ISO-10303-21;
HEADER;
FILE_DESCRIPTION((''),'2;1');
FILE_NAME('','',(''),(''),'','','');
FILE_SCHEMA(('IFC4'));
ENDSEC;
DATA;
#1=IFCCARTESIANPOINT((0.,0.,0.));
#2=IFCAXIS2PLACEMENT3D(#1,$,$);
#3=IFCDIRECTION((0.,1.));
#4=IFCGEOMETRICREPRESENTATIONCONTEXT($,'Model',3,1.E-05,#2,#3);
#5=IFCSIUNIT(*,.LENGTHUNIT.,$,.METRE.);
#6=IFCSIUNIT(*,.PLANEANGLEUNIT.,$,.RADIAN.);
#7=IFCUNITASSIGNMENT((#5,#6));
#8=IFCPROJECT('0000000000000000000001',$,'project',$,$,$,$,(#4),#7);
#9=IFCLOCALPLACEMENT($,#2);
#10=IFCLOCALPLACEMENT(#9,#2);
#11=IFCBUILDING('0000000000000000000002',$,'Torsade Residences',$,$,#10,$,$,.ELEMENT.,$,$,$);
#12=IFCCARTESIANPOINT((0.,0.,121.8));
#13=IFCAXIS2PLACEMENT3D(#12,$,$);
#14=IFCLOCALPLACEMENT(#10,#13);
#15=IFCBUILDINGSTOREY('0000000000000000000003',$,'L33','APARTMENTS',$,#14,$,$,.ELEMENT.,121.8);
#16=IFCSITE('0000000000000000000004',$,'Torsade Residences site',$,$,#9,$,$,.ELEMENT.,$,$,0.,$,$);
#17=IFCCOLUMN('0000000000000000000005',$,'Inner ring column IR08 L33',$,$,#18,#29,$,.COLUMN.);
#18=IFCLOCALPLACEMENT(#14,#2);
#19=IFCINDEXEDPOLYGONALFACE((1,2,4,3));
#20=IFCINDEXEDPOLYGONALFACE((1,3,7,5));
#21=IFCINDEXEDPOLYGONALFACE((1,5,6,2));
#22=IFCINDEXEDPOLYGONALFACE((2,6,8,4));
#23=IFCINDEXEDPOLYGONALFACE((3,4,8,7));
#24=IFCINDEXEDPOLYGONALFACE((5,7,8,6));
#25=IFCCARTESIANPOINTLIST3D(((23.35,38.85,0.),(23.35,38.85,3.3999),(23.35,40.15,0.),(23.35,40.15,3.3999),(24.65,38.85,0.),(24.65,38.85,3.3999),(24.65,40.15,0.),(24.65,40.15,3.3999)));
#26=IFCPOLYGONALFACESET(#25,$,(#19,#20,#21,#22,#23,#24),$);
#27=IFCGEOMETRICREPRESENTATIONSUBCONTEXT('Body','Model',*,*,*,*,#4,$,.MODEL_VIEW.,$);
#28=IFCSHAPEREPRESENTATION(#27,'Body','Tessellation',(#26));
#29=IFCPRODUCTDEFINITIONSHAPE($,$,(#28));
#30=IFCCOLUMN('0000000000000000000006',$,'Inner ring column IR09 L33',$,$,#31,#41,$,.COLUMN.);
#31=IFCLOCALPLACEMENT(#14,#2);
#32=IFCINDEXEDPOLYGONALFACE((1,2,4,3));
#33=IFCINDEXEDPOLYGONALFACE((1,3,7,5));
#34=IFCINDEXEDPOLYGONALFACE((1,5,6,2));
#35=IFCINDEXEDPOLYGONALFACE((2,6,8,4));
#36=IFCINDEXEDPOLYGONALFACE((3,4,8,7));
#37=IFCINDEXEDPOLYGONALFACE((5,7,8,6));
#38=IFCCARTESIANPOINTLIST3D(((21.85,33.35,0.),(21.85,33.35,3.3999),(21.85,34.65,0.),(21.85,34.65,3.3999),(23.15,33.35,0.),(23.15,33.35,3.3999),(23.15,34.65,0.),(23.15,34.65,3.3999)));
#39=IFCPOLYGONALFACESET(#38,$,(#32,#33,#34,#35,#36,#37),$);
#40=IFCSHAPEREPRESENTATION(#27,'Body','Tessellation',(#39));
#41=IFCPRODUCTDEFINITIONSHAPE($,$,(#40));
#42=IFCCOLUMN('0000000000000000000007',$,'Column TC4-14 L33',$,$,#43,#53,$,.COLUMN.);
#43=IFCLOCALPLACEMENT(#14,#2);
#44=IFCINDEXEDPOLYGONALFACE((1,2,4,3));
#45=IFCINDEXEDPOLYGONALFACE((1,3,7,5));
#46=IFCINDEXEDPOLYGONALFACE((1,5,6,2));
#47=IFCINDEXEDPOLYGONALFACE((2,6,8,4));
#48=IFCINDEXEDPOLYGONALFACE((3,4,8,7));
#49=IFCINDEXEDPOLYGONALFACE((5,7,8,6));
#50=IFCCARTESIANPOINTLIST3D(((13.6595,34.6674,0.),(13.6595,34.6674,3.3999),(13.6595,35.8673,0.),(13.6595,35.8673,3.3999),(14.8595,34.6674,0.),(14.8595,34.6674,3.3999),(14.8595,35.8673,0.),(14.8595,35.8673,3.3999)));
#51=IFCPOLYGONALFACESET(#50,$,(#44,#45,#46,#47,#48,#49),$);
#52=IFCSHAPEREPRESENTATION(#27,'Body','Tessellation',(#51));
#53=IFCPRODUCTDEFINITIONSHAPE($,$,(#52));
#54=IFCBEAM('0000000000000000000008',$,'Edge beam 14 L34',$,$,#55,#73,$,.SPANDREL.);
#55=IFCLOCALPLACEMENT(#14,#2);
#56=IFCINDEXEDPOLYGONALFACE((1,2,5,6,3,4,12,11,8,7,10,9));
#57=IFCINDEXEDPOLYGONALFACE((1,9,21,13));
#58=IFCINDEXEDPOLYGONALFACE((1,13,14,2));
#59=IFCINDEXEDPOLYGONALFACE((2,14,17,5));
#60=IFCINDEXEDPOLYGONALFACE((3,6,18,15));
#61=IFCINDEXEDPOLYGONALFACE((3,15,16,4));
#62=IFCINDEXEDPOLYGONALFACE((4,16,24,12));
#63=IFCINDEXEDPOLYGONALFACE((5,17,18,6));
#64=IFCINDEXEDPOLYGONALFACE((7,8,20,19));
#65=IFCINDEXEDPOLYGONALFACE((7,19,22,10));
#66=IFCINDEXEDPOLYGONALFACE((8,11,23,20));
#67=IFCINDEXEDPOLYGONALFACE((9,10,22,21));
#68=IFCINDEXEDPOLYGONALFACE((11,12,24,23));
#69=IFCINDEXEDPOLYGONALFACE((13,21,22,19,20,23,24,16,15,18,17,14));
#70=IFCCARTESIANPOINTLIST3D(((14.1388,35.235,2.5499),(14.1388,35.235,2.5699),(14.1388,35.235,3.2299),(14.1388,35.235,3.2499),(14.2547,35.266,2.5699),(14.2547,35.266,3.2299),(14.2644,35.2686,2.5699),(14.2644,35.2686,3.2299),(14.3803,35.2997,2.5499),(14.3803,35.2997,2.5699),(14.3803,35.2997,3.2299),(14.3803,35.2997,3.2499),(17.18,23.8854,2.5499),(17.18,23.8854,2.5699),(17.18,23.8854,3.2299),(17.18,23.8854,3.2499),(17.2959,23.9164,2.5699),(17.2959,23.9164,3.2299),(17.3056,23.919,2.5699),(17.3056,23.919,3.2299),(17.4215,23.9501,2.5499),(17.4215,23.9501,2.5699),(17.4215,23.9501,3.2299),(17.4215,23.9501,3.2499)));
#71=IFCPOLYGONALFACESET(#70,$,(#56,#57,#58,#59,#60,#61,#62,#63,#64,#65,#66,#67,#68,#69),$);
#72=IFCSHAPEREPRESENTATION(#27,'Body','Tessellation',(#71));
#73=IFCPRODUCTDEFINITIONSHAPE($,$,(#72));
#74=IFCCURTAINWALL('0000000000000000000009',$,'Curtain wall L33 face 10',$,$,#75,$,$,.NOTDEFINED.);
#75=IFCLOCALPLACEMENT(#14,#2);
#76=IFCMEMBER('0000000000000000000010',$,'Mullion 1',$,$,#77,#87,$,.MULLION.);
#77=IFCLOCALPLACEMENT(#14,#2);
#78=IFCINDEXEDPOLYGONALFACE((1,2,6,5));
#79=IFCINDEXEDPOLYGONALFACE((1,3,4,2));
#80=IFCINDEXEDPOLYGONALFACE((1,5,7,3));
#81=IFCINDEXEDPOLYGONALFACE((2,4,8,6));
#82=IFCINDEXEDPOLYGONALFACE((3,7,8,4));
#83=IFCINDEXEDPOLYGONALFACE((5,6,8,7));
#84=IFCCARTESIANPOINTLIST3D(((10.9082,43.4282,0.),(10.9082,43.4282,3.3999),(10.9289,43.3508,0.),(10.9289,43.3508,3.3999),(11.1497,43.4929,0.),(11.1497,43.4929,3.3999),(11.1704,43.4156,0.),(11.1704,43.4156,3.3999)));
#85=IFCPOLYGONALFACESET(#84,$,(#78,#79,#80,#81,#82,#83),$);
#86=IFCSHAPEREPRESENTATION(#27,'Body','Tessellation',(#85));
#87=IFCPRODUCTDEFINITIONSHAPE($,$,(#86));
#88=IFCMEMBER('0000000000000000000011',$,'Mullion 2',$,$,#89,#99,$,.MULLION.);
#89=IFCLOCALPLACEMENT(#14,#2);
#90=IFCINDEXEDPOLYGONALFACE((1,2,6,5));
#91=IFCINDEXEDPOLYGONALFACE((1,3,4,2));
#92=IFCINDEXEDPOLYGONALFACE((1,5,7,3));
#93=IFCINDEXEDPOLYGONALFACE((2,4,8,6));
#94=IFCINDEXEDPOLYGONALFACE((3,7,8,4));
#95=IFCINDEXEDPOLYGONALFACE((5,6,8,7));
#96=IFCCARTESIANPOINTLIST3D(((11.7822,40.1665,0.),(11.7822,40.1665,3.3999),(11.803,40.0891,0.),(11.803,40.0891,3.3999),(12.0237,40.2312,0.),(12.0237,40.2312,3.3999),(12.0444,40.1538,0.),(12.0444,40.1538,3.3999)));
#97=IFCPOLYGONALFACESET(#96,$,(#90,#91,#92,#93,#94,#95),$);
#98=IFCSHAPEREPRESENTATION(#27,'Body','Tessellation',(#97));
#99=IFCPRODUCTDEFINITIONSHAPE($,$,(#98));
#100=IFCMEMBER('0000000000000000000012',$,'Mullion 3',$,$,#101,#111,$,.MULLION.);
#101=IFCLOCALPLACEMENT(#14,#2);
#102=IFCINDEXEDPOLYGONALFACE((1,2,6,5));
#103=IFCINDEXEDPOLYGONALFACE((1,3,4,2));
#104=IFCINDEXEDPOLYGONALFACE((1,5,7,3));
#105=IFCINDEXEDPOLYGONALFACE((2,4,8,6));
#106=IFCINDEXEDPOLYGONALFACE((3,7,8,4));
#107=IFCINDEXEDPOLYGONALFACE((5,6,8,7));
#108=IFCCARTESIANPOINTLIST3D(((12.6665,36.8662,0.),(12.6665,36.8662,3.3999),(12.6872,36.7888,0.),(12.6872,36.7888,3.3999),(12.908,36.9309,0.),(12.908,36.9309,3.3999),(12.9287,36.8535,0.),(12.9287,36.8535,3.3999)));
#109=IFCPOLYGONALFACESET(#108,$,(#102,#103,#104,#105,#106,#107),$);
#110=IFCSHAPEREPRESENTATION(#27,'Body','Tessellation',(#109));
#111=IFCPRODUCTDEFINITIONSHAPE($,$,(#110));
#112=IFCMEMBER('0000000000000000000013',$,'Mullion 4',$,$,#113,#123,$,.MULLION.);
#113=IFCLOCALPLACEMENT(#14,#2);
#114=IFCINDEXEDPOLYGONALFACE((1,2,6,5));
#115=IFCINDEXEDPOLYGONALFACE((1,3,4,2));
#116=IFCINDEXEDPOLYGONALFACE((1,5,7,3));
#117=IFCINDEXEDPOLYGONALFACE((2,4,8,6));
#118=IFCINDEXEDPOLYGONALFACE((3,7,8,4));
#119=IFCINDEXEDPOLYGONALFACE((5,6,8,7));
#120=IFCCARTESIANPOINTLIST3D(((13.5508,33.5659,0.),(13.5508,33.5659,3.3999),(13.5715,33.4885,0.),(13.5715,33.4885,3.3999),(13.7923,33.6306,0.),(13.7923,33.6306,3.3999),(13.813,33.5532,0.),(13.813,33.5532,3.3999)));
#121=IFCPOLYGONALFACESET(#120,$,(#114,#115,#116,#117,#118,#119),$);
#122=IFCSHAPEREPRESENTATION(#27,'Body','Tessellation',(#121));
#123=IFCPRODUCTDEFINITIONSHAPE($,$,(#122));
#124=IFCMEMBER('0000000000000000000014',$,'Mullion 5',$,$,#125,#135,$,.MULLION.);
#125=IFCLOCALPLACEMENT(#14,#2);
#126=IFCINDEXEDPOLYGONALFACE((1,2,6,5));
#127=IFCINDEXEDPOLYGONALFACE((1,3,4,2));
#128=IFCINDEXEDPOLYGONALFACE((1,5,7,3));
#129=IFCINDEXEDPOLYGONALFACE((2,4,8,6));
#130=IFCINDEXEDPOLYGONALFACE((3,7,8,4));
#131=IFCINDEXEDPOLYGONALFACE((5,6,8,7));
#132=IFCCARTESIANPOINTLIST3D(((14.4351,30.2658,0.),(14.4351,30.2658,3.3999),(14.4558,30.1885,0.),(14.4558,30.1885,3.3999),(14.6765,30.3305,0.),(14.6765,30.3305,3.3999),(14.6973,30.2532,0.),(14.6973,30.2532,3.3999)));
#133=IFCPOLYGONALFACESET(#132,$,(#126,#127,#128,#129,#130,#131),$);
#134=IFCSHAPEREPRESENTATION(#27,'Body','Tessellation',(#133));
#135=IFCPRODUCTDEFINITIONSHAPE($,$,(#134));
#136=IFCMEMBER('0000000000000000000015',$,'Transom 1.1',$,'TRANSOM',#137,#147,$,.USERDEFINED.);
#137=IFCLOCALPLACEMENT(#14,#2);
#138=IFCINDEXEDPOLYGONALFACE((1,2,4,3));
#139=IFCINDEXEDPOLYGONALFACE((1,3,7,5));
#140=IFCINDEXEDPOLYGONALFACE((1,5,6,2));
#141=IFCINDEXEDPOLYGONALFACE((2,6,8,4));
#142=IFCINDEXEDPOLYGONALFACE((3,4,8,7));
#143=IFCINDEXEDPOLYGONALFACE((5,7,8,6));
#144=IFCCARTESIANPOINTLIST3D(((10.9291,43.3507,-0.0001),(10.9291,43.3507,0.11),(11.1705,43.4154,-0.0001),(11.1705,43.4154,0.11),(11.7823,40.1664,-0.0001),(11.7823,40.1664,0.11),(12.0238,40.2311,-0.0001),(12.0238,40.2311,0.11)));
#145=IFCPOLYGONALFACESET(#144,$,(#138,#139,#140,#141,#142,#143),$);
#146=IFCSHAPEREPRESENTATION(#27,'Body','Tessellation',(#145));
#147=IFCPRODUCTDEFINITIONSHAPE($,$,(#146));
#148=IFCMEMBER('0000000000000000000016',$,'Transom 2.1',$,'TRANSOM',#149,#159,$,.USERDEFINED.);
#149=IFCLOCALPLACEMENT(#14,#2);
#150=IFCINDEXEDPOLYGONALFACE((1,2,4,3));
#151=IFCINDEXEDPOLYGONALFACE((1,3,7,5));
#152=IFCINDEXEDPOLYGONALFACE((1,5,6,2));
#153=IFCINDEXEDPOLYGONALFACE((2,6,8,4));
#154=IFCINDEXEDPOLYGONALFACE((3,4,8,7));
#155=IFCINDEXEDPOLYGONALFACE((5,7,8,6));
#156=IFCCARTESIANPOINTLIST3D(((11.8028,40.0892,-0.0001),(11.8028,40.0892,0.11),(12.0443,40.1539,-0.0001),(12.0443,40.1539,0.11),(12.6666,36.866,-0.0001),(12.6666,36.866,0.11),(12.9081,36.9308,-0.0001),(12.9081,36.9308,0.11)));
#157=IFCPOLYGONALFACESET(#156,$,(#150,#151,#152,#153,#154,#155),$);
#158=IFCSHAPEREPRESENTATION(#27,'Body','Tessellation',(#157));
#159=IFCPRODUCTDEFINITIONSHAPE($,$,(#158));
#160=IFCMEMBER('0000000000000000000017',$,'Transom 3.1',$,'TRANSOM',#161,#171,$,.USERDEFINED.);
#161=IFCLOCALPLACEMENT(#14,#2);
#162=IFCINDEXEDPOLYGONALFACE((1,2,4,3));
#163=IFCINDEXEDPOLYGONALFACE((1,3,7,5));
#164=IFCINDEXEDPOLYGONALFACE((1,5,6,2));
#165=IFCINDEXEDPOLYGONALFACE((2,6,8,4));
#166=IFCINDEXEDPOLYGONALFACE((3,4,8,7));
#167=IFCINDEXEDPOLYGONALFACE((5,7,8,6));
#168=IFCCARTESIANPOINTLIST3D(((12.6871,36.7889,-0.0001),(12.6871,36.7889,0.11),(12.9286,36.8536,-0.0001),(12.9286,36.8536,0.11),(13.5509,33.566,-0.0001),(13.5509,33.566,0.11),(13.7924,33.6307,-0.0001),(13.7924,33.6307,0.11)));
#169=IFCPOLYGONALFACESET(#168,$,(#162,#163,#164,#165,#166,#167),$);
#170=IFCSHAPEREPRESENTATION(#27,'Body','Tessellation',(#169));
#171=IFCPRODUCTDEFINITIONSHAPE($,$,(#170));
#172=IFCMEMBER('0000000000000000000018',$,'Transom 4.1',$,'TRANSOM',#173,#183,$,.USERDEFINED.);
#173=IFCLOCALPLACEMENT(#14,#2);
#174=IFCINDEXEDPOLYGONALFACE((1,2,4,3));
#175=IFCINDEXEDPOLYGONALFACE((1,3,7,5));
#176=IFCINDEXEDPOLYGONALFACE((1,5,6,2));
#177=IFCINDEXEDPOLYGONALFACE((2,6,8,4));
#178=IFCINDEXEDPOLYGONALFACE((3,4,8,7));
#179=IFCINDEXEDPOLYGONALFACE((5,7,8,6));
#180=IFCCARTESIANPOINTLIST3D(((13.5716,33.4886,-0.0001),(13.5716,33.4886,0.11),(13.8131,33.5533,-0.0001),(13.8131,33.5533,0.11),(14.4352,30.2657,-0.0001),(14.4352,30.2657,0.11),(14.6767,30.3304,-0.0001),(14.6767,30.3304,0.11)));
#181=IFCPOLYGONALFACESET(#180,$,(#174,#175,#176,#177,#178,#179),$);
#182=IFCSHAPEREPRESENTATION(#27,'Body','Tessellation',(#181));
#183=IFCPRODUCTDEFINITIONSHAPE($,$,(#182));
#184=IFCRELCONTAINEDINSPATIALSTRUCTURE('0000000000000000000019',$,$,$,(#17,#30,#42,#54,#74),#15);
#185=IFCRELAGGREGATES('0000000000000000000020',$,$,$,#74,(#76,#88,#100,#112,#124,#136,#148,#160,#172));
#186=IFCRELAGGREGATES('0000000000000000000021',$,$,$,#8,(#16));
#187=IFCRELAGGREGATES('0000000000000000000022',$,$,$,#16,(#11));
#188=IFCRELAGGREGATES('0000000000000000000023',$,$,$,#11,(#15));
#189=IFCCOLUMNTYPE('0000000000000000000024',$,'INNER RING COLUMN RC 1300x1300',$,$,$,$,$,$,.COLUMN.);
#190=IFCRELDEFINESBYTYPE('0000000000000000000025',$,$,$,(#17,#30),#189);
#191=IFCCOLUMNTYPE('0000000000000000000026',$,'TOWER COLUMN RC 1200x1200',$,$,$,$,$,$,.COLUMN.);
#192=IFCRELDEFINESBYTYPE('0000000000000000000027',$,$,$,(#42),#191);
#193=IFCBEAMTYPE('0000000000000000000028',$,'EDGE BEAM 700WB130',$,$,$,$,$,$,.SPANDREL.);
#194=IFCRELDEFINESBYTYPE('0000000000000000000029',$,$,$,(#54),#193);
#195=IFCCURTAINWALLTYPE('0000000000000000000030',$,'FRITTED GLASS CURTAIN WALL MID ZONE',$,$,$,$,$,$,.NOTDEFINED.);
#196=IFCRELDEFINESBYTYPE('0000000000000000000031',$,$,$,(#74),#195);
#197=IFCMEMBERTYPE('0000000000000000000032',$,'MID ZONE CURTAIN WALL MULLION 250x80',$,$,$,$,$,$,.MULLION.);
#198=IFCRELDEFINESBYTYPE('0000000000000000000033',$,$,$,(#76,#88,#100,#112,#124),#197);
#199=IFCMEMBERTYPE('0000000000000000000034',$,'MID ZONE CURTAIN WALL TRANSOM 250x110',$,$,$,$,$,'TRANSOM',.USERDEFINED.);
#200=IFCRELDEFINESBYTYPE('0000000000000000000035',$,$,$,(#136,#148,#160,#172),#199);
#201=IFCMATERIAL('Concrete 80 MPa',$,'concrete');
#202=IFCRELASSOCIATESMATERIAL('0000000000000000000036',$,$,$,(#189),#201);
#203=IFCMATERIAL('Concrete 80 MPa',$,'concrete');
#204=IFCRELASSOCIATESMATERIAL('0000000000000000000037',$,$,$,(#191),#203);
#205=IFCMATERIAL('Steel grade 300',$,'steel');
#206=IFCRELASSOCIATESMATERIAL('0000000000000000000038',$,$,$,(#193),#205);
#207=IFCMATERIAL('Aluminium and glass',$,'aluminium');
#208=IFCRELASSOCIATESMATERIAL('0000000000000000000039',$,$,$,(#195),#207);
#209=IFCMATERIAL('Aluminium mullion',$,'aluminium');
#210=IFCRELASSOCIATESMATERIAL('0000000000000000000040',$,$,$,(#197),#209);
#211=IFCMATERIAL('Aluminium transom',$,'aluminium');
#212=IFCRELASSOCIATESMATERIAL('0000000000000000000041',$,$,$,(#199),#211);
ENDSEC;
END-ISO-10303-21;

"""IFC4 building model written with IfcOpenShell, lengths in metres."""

from ifc_helpers import new_model, si_unit, direction, frame, origin, origin_2d, place, context, subcontext, project, spatial, rectangle, i_section, extrude, material, material_profile, profile_set, type_object, element, aggregate, save


model = new_model("IFC4")

# Units and contexts
model_context = context("Model", 3, precision=1e-05, world=origin(), true_north=direction((0.0, 1.0)))
body_context = subcontext(model_context, "Body", "Model", "MODEL_VIEW")
ifc_project = project(units=[si_unit("LENGTHUNIT", "METRE"), si_unit("PLANEANGLEUNIT", "RADIAN")], contexts=[model_context])

# Site, building, storey
site_placement = place(None, origin())
site = spatial("IfcSite", under=ifc_project, at=site_placement, Name="Torsade Residences site", CompositionType="ELEMENT", RefElevation=0.0)
building_placement = place(site_placement, origin())
building = spatial("IfcBuilding", under=site, at=building_placement, Name="Torsade Residences", CompositionType="ELEMENT")
storey_placement = place(building_placement, frame((0.0, 0.0, 121.8)))
storey = spatial("IfcBuildingStorey", under=building, at=storey_placement, Name="L33", Description="APARTMENTS", CompositionType="ELEMENT", Elevation=121.8)

# Columns
ifc_material_1 = material(Name="Concrete 80 MPa", Category="concrete")
ifc_material_profile_1 = material_profile(ifc_material_1, rectangle(XDim=1.3, YDim=1.3, at=origin_2d()), Name="RC 1300x1300")
ifc_profile_set_1 = profile_set([ifc_material_profile_1], Name="Concrete 80 MPa")
column_type_1 = type_object("IfcColumnType", Name="INNER RING COLUMN RC 1300x1300", PredefinedType="COLUMN", material=ifc_profile_set_1)
for number, where, z_axis, x_axis, name in (
    (1, (24.0, 39.5, 0.0), (0.0, 0.0, 1.0), (1.0, 0.0, 0.0), "Inner ring column IR08 L33"),
    (2, (22.5, 34.0, 0.0), (0.0, 0.0, 1.0), (1.0, 0.0, 0.0), "Inner ring column IR09 L33"),
):
    element("IfcColumn", number, at=place(storey_placement, frame(where, z_axis=z_axis, x_axis=x_axis)), inside=storey, type_object=column_type_1, Name=name, PredefinedType="COLUMN", context=body_context, shape_type="SweptSolid", body=[
        extrude(rectangle(XDim=1.3, YDim=1.3, at=origin_2d()), origin(), (0.0, 0.0, 1.0), 3.3999),
    ])
ifc_material_2 = material(Name="Concrete 80 MPa", Category="concrete")
ifc_material_profile_2 = material_profile(ifc_material_2, rectangle(XDim=1.2, YDim=1.2, at=origin_2d()), Name="RC 1200x1200")
ifc_profile_set_2 = profile_set([ifc_material_profile_2], Name="Concrete 80 MPa")
column_type_2 = type_object("IfcColumnType", Name="TOWER COLUMN RC 1200x1200", PredefinedType="COLUMN", material=ifc_profile_set_2)
column_placement = place(storey_placement, frame((14.2595, 35.2673, 0.0), z_axis=(0.0, 0.0, 1.0), x_axis=(1.0, 0.0, 0.0)))
element("IfcColumn", 3, at=column_placement, inside=storey, type_object=column_type_2, Name="Column TC4-14 L33", PredefinedType="COLUMN", context=body_context, shape_type="SweptSolid", body=[
    extrude(rectangle(XDim=1.2, YDim=1.2, at=origin_2d()), origin(), (0.0, 0.0, 1.0), 3.3999),
])

# Beam
ifc_material_3 = material(Name="Steel grade 300", Category="steel")
ifc_material_profile_3 = material_profile(ifc_material_3, i_section(OverallWidth=0.25, OverallDepth=0.7, WebThickness=0.01, FlangeThickness=0.02, at=origin_2d()), Name="700WB130")
ifc_profile_set_3 = profile_set([ifc_material_profile_3], Name="Steel grade 300")
beam_type_1 = type_object("IfcBeamType", Name="EDGE BEAM 700WB130", PredefinedType="SPANDREL", material=ifc_profile_set_3)
beam_1_placement = place(storey_placement, frame((14.2595, 35.2673, 2.8999), z_axis=(0.25883, -0.965923, 0.0), x_axis=(0.965923, 0.25883, 0.0)))
element("IfcBeam", 4, at=beam_1_placement, inside=storey, type_object=beam_type_1, Name="Edge beam 14 L34", PredefinedType="SPANDREL", context=body_context, shape_type="SweptSolid", body=[
    extrude(i_section(OverallWidth=0.25, OverallDepth=0.7, WebThickness=0.01, FlangeThickness=0.02, at=origin_2d()), origin(), (0.0, 0.0, 1.0), 11.75),
])

# Curtain wall, members
ifc_material_4 = material(Name="Aluminium and glass", Category="aluminium")
curtain_wall_type = type_object("IfcCurtainWallType", Name="FRITTED GLASS CURTAIN WALL MID ZONE", PredefinedType="NOTDEFINED", material=ifc_material_4)
curtain_wall_placement = place(storey_placement, origin())
curtain_wall = element("IfcCurtainWall", 5, at=curtain_wall_placement, inside=storey, type_object=curtain_wall_type, Name="Curtain wall L33 face 10", PredefinedType="NOTDEFINED")
ifc_material_5 = material(Name="Aluminium mullion", Category="aluminium")
ifc_material_profile_4 = material_profile(ifc_material_5, rectangle(XDim=0.25, YDim=0.0801, at=origin_2d()), Name="MID ZONE CURTAIN WALL MULLION 250x80")
ifc_profile_set_4 = profile_set([ifc_material_profile_4], Name="Aluminium mullion")
member_type_1 = type_object("IfcMemberType", Name="MID ZONE CURTAIN WALL MULLION 250x80", PredefinedType="MULLION", material=ifc_profile_set_4)
member_1_placement = place(storey_placement, frame((11.0393, 43.4219, 0.0), z_axis=(0.0, 0.0, 1.0), x_axis=(0.965926, 0.258819, 0.0)))
member_1 = element("IfcMember", 6, at=member_1_placement, type_object=member_type_1, Name="Mullion 1", PredefinedType="MULLION", context=body_context, shape_type="SweptSolid", body=[
    extrude(rectangle(XDim=0.25, YDim=0.0801, at=origin_2d()), origin(), (0.0, 0.0, 1.0), 3.3999),
])
member_2_placement = place(storey_placement, frame((11.9133, 40.1602, 0.0), z_axis=(0.0, 0.0, 1.0), x_axis=(0.965926, 0.258819, 0.0)))
member_2 = element("IfcMember", 7, at=member_2_placement, type_object=member_type_1, Name="Mullion 2", PredefinedType="MULLION", context=body_context, shape_type="SweptSolid", body=[
    extrude(rectangle(XDim=0.25, YDim=0.0801, at=origin_2d()), origin(), (0.0, 0.0, 1.0), 3.3999),
])
member_3_placement = place(storey_placement, frame((12.7976, 36.8599, 0.0), z_axis=(0.0, 0.0, 1.0), x_axis=(0.965926, 0.258819, 0.0)))
member_3 = element("IfcMember", 8, at=member_3_placement, type_object=member_type_1, Name="Mullion 3", PredefinedType="MULLION", context=body_context, shape_type="SweptSolid", body=[
    extrude(rectangle(XDim=0.25, YDim=0.0801, at=origin_2d()), origin(), (0.0, 0.0, 1.0), 3.3999),
])
member_4_placement = place(storey_placement, frame((13.6819, 33.5596, 0.0), z_axis=(0.0, 0.0, 1.0), x_axis=(0.965926, 0.258819, 0.0)))
member_4 = element("IfcMember", 9, at=member_4_placement, type_object=member_type_1, Name="Mullion 4", PredefinedType="MULLION", context=body_context, shape_type="SweptSolid", body=[
    extrude(rectangle(XDim=0.25, YDim=0.0801, at=origin_2d()), origin(), (0.0, 0.0, 1.0), 3.3999),
])
member_5_placement = place(storey_placement, frame((14.5662, 30.2595, 0.0), z_axis=(0.0, 0.0, 1.0), x_axis=(0.965926, 0.258819, 0.0)))
member_5 = element("IfcMember", 10, at=member_5_placement, type_object=member_type_1, Name="Mullion 5", PredefinedType="MULLION", context=body_context, shape_type="SweptSolid", body=[
    extrude(rectangle(XDim=0.25, YDim=0.0801, at=origin_2d()), origin(), (0.0, 0.0, 1.0), 3.3999),
])
ifc_material_6 = material(Name="Aluminium transom", Category="aluminium")
ifc_material_profile_5 = material_profile(ifc_material_6, rectangle(XDim=0.25, YDim=0.1101, at=origin_2d()), Name="MID ZONE CURTAIN WALL TRANSOM 250x110")
ifc_profile_set_5 = profile_set([ifc_material_profile_5], Name="Aluminium transom")
member_type_2 = type_object("IfcMemberType", Name="MID ZONE CURTAIN WALL TRANSOM 250x110", ElementType="TRANSOM", PredefinedType="USERDEFINED", material=ifc_profile_set_5)
member_6_placement = place(storey_placement, frame((11.0498, 43.3831, 0.0549), z_axis=(0.258829, -0.965923, 0.0), x_axis=(0.965923, 0.258829, 0.0)))
member_6 = element("IfcMember", 11, at=member_6_placement, type_object=member_type_2, Name="Transom 1.1", ObjectType="TRANSOM", PredefinedType="USERDEFINED", context=body_context, shape_type="SweptSolid", body=[
    extrude(rectangle(XDim=0.25, YDim=0.1101, at=origin_2d()), origin(), (0.0, 0.0, 1.0), 3.2966),
])
member_7_placement = place(storey_placement, frame((11.9236, 40.1216, 0.0549), z_axis=(0.258856, -0.965916, 0.0), x_axis=(0.965916, 0.258856, 0.0)))
member_7 = element("IfcMember", 12, at=member_7_placement, type_object=member_type_2, Name="Transom 2.1", ObjectType="TRANSOM", PredefinedType="USERDEFINED", context=body_context, shape_type="SweptSolid", body=[
    extrude(rectangle(XDim=0.25, YDim=0.1101, at=origin_2d()), origin(), (0.0, 0.0, 1.0), 3.3369),
])
member_8_placement = place(storey_placement, frame((12.8079, 36.8213, 0.0549), z_axis=(0.258874, -0.965911, 0.0), x_axis=(0.965911, 0.258874, 0.0)))
member_8 = element("IfcMember", 13, at=member_8_placement, type_object=member_type_2, Name="Transom 3.1", ObjectType="TRANSOM", PredefinedType="USERDEFINED", context=body_context, shape_type="SweptSolid", body=[
    extrude(rectangle(XDim=0.25, YDim=0.1101, at=origin_2d()), origin(), (0.0, 0.0, 1.0), 3.3367),
])
member_9_placement = place(storey_placement, frame((13.6924, 33.521, 0.0549), z_axis=(0.258806, -0.965929, 0.0), x_axis=(0.965929, 0.258806, 0.0)))
member_9 = element("IfcMember", 14, at=member_9_placement, type_object=member_type_2, Name="Transom 4.1", ObjectType="TRANSOM", PredefinedType="USERDEFINED", context=body_context, shape_type="SweptSolid", body=[
    extrude(rectangle(XDim=0.25, YDim=0.1101, at=origin_2d()), origin(), (0.0, 0.0, 1.0), 3.3367),
])

aggregate(curtain_wall, [member_1, member_2, member_3, member_4, member_5, member_6, member_7, member_8, member_9])

save(model, "model.ifc")
